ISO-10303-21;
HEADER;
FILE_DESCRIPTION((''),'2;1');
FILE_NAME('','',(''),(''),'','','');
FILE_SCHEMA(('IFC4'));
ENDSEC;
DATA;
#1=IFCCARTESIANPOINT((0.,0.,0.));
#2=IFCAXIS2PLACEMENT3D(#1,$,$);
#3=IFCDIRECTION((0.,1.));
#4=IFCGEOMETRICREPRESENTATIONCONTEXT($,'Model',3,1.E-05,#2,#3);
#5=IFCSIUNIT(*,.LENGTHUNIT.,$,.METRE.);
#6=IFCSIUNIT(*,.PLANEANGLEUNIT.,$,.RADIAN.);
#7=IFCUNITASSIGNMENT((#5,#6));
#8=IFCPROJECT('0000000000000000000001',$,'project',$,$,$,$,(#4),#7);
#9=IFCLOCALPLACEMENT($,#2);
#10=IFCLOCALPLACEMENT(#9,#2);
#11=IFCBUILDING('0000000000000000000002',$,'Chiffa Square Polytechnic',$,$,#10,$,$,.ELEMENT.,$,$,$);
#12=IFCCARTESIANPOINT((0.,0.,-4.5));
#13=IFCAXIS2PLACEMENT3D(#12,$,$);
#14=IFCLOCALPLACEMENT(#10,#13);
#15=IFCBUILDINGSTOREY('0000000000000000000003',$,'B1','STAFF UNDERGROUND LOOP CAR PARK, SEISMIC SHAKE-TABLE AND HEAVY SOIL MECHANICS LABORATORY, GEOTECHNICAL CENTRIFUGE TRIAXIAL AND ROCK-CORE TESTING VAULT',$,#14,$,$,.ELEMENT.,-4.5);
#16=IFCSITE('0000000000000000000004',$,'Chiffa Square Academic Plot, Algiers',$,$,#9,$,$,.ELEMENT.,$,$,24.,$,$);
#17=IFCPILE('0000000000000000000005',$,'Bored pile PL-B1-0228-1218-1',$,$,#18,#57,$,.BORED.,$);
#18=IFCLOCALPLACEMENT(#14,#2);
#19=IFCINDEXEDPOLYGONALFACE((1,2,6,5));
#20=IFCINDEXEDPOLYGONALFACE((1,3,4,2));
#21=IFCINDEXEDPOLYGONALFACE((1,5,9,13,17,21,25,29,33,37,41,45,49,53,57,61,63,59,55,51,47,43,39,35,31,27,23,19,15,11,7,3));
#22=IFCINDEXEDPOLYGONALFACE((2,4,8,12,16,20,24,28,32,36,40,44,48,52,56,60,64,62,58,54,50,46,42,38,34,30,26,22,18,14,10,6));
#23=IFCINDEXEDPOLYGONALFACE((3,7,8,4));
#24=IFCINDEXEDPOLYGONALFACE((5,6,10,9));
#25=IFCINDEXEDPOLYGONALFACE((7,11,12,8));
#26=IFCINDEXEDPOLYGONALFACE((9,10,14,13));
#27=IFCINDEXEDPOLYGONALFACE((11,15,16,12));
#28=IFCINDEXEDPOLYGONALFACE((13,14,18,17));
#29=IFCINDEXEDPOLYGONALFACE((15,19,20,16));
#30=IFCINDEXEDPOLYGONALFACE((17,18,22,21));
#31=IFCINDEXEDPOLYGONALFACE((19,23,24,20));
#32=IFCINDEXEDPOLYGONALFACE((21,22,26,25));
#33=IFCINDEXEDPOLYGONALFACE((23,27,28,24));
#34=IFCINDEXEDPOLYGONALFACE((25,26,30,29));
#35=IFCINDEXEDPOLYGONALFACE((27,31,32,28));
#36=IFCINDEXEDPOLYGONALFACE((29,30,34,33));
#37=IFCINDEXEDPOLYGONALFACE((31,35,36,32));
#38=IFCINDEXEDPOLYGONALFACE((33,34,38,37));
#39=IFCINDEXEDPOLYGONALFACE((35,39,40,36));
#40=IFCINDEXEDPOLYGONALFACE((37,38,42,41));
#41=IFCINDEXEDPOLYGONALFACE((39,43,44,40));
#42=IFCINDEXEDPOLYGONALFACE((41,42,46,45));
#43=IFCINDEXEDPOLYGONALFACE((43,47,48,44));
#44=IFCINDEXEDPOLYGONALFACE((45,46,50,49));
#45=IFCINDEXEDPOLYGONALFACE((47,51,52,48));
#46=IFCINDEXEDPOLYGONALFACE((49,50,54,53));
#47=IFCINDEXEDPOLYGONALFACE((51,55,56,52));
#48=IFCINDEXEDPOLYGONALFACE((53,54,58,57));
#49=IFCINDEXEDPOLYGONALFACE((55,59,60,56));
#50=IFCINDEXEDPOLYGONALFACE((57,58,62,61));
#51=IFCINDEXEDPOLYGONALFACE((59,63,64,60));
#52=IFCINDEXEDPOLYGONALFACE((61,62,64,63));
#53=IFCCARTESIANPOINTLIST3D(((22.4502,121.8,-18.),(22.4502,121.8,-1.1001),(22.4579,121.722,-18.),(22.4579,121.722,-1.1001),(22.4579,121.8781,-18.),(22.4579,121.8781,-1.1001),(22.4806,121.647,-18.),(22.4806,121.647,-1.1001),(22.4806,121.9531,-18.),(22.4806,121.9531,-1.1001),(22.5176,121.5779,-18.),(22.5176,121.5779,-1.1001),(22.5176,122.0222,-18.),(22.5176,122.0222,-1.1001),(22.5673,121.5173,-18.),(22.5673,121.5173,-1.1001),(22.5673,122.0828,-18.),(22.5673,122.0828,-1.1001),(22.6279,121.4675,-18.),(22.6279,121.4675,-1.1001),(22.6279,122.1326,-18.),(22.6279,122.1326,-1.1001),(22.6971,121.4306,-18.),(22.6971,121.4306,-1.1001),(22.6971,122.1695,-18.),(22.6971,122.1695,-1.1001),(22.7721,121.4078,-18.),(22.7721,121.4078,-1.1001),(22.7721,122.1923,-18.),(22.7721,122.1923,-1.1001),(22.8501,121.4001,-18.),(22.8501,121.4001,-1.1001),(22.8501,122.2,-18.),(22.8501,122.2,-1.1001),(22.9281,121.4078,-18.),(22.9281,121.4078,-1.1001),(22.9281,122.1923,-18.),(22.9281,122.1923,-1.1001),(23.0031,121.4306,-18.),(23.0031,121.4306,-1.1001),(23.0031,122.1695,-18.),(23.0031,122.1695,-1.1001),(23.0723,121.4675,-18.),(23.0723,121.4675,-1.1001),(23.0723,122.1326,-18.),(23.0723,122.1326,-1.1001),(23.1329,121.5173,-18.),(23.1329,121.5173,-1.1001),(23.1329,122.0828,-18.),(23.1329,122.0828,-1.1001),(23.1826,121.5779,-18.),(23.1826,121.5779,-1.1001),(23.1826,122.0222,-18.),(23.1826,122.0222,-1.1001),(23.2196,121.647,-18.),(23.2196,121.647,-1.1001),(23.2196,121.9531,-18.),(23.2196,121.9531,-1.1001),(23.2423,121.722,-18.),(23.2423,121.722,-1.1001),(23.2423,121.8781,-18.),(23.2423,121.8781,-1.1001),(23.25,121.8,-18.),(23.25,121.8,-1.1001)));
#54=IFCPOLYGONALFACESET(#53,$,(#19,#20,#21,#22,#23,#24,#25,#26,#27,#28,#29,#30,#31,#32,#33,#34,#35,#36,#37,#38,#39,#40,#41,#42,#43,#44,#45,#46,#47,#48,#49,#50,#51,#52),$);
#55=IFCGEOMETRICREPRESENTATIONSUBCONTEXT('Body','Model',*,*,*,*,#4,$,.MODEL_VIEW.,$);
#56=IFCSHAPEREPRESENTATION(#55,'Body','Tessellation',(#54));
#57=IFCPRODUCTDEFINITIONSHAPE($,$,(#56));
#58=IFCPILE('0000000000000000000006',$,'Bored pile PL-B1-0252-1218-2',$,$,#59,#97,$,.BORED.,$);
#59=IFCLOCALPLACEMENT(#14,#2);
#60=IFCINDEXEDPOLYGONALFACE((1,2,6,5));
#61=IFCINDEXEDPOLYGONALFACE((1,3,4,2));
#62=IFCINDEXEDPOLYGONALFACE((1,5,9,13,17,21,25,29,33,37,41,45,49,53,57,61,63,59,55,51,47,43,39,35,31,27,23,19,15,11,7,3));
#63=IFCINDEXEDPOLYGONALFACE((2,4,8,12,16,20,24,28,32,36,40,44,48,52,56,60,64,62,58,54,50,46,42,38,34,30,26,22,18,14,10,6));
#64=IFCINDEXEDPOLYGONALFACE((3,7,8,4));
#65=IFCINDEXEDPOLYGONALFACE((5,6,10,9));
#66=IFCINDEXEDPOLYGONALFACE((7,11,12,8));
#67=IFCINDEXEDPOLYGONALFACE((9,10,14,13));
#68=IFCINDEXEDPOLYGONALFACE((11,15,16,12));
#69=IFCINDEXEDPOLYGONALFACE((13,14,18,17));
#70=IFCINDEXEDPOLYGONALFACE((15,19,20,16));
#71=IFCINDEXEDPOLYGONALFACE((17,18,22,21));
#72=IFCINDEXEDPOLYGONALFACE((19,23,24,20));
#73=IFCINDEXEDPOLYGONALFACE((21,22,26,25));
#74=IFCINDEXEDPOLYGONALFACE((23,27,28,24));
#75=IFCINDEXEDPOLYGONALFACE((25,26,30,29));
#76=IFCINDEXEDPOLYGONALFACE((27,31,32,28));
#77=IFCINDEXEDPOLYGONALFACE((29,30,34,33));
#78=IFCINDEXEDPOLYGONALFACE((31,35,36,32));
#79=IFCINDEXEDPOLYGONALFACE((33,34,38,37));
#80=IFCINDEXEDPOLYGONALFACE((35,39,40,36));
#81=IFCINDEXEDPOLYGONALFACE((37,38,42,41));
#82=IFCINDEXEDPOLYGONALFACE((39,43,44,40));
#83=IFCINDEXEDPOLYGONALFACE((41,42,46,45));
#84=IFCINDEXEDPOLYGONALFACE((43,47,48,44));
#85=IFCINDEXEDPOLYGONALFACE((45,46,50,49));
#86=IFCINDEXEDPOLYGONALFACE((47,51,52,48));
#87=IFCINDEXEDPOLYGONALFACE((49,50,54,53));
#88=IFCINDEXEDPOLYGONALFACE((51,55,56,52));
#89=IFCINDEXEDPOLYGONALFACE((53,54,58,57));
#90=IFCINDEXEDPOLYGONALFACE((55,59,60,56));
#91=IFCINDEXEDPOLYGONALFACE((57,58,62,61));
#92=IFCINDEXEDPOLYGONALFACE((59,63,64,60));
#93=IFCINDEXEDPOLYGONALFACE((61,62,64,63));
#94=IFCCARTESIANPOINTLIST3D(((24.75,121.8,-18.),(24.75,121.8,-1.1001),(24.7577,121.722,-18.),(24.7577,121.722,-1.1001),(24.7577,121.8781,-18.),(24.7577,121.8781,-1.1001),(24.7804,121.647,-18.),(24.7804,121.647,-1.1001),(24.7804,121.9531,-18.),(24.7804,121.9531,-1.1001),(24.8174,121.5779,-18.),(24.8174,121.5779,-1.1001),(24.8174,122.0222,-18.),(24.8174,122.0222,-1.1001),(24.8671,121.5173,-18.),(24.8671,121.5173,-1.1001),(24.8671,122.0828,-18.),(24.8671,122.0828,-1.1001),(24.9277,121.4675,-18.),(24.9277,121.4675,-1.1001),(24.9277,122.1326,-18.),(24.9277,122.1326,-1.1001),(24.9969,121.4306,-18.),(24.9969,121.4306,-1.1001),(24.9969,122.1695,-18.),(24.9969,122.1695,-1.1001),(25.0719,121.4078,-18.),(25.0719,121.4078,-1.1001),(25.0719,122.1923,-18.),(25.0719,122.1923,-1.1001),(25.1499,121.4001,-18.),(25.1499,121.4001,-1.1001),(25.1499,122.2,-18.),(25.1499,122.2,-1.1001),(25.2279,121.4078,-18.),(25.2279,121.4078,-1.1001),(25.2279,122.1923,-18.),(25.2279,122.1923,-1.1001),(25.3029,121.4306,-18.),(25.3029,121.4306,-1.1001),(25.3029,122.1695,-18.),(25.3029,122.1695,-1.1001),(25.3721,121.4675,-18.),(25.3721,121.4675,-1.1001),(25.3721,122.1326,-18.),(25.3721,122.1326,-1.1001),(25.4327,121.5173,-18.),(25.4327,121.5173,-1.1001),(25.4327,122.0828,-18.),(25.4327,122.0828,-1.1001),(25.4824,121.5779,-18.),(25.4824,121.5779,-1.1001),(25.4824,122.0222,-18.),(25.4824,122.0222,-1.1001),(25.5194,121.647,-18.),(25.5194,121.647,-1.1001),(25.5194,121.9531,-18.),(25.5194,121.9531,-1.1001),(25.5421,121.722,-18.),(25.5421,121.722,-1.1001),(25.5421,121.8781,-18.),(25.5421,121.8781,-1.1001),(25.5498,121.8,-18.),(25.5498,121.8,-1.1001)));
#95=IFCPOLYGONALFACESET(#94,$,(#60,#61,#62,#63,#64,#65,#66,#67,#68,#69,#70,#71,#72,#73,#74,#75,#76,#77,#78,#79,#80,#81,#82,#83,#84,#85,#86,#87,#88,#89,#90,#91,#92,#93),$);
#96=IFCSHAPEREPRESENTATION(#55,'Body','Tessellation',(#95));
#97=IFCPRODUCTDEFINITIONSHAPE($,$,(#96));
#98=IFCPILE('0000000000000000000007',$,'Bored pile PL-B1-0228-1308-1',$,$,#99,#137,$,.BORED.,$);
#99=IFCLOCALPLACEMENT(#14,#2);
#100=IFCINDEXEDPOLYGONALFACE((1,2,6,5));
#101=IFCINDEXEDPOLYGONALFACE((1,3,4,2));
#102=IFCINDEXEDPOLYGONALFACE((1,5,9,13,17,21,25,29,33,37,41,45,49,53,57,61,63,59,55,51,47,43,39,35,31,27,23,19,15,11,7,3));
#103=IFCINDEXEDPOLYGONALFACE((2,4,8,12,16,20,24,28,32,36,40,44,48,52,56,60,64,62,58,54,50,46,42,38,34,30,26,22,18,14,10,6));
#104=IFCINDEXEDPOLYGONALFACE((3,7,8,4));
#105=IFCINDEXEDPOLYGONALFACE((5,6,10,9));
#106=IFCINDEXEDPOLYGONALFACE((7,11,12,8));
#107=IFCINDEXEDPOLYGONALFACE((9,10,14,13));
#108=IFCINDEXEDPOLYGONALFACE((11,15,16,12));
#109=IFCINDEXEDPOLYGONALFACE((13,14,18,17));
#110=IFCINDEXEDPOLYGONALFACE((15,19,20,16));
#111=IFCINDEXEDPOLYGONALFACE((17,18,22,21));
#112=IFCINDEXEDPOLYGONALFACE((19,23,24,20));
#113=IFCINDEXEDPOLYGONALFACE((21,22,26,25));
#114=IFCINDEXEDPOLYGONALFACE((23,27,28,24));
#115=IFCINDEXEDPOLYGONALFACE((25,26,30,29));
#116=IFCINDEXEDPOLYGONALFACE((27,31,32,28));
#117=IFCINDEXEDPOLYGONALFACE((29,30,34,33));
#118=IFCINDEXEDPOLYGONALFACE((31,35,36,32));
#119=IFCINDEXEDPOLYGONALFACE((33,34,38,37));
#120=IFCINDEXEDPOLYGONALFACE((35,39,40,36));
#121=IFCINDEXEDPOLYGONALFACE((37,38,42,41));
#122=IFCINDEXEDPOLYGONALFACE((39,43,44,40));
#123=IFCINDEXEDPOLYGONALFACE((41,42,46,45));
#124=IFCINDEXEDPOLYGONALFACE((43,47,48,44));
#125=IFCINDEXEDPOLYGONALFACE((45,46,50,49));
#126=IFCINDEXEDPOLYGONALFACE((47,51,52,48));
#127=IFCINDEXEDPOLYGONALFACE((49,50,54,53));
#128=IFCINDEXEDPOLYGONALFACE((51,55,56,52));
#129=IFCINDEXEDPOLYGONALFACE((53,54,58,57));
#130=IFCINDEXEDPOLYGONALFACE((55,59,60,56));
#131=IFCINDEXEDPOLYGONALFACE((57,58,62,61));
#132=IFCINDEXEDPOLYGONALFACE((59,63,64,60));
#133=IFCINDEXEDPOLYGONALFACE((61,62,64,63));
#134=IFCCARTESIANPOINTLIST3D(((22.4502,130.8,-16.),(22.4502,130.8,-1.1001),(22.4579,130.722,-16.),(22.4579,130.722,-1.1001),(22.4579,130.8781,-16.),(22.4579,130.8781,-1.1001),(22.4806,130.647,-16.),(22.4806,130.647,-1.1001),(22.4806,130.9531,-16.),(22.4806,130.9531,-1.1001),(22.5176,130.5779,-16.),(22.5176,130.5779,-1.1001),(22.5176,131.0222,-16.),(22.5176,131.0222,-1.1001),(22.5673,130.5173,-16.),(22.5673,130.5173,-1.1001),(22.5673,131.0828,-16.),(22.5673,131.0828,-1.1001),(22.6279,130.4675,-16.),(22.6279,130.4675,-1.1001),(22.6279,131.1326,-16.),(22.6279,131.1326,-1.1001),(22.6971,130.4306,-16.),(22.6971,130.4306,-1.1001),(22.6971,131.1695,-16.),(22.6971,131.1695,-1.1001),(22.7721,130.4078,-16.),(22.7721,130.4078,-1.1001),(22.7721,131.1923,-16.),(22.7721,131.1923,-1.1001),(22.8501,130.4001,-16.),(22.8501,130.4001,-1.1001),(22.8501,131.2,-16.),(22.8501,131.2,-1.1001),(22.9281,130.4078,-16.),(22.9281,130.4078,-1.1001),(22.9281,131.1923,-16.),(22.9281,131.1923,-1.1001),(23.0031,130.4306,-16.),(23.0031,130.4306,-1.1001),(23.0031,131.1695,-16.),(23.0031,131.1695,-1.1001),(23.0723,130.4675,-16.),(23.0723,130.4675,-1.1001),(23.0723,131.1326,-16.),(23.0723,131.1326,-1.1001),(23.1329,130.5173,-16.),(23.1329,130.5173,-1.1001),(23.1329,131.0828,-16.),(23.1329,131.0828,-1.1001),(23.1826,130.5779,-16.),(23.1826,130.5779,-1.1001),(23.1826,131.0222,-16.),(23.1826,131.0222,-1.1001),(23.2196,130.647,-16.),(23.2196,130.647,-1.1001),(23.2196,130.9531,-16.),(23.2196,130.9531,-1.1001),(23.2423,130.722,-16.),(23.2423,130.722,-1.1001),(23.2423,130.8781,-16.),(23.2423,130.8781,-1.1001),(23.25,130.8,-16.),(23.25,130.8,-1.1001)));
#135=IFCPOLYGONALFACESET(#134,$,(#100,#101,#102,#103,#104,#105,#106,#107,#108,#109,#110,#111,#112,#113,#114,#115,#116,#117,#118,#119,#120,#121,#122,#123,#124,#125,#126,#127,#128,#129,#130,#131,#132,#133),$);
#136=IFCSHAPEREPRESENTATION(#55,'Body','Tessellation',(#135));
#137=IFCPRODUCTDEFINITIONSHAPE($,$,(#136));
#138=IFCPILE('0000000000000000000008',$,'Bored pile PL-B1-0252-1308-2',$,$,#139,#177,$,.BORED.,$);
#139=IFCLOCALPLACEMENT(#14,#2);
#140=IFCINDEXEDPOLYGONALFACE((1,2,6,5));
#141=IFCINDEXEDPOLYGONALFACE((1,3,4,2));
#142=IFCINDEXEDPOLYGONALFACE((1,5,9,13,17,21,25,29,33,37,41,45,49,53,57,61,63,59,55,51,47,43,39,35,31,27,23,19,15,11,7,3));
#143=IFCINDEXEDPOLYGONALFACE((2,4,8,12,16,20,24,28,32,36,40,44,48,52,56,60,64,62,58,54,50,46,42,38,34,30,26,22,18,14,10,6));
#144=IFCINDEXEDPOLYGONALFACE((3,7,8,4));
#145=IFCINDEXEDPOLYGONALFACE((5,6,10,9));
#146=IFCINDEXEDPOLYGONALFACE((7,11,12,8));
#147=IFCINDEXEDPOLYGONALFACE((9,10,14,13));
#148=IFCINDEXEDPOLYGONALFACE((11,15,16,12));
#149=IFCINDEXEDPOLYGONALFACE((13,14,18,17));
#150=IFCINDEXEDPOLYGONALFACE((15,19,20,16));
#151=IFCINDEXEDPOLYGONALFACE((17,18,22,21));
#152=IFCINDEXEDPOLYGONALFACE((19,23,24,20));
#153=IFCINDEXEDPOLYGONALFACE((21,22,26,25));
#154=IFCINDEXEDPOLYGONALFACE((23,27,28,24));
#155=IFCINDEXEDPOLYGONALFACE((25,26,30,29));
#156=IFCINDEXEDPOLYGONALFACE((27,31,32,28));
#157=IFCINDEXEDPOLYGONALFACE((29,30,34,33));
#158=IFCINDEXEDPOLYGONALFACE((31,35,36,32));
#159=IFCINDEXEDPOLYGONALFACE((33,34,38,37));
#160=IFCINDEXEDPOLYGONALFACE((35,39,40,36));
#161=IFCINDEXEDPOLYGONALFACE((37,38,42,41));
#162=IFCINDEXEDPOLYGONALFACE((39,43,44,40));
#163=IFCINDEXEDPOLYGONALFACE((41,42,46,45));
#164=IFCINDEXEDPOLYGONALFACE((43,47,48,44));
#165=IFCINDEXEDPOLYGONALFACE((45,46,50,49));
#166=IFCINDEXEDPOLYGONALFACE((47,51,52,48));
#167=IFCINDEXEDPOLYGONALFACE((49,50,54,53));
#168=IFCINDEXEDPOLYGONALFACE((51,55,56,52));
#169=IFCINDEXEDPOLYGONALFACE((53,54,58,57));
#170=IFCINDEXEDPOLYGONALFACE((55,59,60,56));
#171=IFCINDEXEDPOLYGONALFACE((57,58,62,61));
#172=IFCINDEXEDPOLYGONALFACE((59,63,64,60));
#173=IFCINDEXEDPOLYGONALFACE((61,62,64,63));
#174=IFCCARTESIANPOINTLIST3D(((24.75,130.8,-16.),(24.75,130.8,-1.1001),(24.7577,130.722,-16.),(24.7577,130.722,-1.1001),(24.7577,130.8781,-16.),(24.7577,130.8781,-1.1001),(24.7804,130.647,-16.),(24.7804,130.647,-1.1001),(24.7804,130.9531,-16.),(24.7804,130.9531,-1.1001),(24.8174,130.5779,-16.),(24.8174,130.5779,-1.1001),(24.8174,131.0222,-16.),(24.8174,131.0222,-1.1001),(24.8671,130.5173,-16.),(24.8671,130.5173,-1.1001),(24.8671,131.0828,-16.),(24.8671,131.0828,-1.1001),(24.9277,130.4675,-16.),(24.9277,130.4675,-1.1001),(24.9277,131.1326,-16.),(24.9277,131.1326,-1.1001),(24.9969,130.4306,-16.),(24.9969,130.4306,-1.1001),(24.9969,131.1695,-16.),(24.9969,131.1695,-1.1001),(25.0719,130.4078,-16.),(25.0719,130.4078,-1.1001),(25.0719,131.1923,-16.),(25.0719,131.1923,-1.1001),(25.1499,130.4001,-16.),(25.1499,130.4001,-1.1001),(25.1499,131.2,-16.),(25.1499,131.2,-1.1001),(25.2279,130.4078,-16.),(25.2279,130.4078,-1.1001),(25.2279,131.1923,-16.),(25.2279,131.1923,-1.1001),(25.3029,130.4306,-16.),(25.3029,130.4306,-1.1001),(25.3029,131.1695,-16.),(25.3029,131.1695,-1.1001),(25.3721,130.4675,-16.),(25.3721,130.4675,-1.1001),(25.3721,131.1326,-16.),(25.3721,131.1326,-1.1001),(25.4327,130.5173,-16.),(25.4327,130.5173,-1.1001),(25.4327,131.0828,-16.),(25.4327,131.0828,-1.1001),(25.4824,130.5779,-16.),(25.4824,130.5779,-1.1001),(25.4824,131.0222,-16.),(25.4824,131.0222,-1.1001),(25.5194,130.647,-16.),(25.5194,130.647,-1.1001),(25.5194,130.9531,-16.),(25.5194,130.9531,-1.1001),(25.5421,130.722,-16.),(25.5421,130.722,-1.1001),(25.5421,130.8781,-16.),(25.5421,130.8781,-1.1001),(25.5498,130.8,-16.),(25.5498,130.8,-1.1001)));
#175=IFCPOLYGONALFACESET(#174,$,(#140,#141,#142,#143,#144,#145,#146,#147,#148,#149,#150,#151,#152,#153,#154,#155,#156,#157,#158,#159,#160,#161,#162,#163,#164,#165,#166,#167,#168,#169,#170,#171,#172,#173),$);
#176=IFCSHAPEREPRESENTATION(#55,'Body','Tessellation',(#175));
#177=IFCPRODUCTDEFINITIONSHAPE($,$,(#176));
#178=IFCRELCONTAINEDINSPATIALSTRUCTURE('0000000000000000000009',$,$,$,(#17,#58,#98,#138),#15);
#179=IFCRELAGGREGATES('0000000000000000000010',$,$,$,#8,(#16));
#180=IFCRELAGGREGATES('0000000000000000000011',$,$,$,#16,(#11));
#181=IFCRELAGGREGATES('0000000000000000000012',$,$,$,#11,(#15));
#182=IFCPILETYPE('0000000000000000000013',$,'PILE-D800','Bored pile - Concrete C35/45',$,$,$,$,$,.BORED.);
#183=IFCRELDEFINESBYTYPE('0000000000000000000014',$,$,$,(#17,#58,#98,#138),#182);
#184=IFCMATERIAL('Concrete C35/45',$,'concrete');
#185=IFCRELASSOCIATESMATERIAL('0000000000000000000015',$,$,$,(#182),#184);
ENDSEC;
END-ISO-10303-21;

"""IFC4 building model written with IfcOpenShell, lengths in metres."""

from ifc_helpers import new_model, si_unit, direction, frame, origin, origin_2d, place, context, subcontext, project, spatial, circle, extrude, material, material_profile, profile_set, type_object, element, save


model = new_model("IFC4")

# Units and contexts
model_context = context("Model", 3, precision=1e-05, world=origin(), true_north=direction((0.0, 1.0)))
body_context = subcontext(model_context, "Body", "Model", "MODEL_VIEW")
ifc_project = project(units=[si_unit("LENGTHUNIT", "METRE"), si_unit("PLANEANGLEUNIT", "RADIAN")], contexts=[model_context])

# Site, building, storey
site_placement = place(None, origin())
site = spatial("IfcSite", under=ifc_project, at=site_placement, Name="Chiffa Square Academic Plot, Algiers", CompositionType="ELEMENT", RefElevation=24.0)
building_placement = place(site_placement, origin())
building = spatial("IfcBuilding", under=site, at=building_placement, Name="Chiffa Square Polytechnic", CompositionType="ELEMENT")
storey_placement = place(building_placement, frame((0.0, 0.0, -4.5)))
storey = spatial("IfcBuildingStorey", under=building, at=storey_placement, Name="B1", Description="STAFF UNDERGROUND LOOP CAR PARK, SEISMIC SHAKE-TABLE AND HEAVY SOIL MECHANICS LABORATORY, GEOTECHNICAL CENTRIFUGE TRIAXIAL AND ROCK-CORE TESTING VAULT", CompositionType="ELEMENT", Elevation=-4.5)

# Shared definitions
ifc_material_1 = material(Name="Concrete C35/45", Category="concrete")

# Piles
ifc_material_profile_1 = material_profile(ifc_material_1, circle(Radius=0.3999, at=origin_2d()), Name="PILE D800")
ifc_profile_set_1 = profile_set([ifc_material_profile_1], Name="Concrete C35/45")
pile_type_1 = type_object("IfcPileType", Name="PILE-D800", Description="Bored pile - Concrete C35/45", PredefinedType="BORED", material=ifc_profile_set_1)
for number, where, z_axis, x_axis, name in (
    (1, (22.8501, 121.8, -1.1001), (0.0, 0.0, -1.0), (1.0, 0.0, 0.0), "Bored pile PL-B1-0228-1218-1"),
    (2, (25.1499, 121.8, -1.1001), (0.0, 0.0, -1.0), (1.0, 0.0, 0.0), "Bored pile PL-B1-0252-1218-2"),
):
    element("IfcPile", number, at=place(storey_placement, frame(where, z_axis=z_axis, x_axis=x_axis)), inside=storey, type_object=pile_type_1, Name=name, PredefinedType="BORED", context=body_context, shape_type="SweptSolid", body=[
        extrude(circle(Radius=0.3999, at=origin_2d()), origin(), (0.0, 0.0, 1.0), 16.8999),
    ])
for number, where, z_axis, x_axis, name in (
    (3, (22.8501, 130.8, -1.1001), (0.0, 0.0, -1.0), (1.0, 0.0, 0.0), "Bored pile PL-B1-0228-1308-1"),
    (4, (25.1499, 130.8, -1.1001), (0.0, 0.0, -1.0), (1.0, 0.0, 0.0), "Bored pile PL-B1-0252-1308-2"),
):
    element("IfcPile", number, at=place(storey_placement, frame(where, z_axis=z_axis, x_axis=x_axis)), inside=storey, type_object=pile_type_1, Name=name, PredefinedType="BORED", context=body_context, shape_type="SweptSolid", body=[
        extrude(circle(Radius=0.3999, at=origin_2d()), origin(), (0.0, 0.0, 1.0), 14.8999),
    ])

save(model, "model.ifc")
